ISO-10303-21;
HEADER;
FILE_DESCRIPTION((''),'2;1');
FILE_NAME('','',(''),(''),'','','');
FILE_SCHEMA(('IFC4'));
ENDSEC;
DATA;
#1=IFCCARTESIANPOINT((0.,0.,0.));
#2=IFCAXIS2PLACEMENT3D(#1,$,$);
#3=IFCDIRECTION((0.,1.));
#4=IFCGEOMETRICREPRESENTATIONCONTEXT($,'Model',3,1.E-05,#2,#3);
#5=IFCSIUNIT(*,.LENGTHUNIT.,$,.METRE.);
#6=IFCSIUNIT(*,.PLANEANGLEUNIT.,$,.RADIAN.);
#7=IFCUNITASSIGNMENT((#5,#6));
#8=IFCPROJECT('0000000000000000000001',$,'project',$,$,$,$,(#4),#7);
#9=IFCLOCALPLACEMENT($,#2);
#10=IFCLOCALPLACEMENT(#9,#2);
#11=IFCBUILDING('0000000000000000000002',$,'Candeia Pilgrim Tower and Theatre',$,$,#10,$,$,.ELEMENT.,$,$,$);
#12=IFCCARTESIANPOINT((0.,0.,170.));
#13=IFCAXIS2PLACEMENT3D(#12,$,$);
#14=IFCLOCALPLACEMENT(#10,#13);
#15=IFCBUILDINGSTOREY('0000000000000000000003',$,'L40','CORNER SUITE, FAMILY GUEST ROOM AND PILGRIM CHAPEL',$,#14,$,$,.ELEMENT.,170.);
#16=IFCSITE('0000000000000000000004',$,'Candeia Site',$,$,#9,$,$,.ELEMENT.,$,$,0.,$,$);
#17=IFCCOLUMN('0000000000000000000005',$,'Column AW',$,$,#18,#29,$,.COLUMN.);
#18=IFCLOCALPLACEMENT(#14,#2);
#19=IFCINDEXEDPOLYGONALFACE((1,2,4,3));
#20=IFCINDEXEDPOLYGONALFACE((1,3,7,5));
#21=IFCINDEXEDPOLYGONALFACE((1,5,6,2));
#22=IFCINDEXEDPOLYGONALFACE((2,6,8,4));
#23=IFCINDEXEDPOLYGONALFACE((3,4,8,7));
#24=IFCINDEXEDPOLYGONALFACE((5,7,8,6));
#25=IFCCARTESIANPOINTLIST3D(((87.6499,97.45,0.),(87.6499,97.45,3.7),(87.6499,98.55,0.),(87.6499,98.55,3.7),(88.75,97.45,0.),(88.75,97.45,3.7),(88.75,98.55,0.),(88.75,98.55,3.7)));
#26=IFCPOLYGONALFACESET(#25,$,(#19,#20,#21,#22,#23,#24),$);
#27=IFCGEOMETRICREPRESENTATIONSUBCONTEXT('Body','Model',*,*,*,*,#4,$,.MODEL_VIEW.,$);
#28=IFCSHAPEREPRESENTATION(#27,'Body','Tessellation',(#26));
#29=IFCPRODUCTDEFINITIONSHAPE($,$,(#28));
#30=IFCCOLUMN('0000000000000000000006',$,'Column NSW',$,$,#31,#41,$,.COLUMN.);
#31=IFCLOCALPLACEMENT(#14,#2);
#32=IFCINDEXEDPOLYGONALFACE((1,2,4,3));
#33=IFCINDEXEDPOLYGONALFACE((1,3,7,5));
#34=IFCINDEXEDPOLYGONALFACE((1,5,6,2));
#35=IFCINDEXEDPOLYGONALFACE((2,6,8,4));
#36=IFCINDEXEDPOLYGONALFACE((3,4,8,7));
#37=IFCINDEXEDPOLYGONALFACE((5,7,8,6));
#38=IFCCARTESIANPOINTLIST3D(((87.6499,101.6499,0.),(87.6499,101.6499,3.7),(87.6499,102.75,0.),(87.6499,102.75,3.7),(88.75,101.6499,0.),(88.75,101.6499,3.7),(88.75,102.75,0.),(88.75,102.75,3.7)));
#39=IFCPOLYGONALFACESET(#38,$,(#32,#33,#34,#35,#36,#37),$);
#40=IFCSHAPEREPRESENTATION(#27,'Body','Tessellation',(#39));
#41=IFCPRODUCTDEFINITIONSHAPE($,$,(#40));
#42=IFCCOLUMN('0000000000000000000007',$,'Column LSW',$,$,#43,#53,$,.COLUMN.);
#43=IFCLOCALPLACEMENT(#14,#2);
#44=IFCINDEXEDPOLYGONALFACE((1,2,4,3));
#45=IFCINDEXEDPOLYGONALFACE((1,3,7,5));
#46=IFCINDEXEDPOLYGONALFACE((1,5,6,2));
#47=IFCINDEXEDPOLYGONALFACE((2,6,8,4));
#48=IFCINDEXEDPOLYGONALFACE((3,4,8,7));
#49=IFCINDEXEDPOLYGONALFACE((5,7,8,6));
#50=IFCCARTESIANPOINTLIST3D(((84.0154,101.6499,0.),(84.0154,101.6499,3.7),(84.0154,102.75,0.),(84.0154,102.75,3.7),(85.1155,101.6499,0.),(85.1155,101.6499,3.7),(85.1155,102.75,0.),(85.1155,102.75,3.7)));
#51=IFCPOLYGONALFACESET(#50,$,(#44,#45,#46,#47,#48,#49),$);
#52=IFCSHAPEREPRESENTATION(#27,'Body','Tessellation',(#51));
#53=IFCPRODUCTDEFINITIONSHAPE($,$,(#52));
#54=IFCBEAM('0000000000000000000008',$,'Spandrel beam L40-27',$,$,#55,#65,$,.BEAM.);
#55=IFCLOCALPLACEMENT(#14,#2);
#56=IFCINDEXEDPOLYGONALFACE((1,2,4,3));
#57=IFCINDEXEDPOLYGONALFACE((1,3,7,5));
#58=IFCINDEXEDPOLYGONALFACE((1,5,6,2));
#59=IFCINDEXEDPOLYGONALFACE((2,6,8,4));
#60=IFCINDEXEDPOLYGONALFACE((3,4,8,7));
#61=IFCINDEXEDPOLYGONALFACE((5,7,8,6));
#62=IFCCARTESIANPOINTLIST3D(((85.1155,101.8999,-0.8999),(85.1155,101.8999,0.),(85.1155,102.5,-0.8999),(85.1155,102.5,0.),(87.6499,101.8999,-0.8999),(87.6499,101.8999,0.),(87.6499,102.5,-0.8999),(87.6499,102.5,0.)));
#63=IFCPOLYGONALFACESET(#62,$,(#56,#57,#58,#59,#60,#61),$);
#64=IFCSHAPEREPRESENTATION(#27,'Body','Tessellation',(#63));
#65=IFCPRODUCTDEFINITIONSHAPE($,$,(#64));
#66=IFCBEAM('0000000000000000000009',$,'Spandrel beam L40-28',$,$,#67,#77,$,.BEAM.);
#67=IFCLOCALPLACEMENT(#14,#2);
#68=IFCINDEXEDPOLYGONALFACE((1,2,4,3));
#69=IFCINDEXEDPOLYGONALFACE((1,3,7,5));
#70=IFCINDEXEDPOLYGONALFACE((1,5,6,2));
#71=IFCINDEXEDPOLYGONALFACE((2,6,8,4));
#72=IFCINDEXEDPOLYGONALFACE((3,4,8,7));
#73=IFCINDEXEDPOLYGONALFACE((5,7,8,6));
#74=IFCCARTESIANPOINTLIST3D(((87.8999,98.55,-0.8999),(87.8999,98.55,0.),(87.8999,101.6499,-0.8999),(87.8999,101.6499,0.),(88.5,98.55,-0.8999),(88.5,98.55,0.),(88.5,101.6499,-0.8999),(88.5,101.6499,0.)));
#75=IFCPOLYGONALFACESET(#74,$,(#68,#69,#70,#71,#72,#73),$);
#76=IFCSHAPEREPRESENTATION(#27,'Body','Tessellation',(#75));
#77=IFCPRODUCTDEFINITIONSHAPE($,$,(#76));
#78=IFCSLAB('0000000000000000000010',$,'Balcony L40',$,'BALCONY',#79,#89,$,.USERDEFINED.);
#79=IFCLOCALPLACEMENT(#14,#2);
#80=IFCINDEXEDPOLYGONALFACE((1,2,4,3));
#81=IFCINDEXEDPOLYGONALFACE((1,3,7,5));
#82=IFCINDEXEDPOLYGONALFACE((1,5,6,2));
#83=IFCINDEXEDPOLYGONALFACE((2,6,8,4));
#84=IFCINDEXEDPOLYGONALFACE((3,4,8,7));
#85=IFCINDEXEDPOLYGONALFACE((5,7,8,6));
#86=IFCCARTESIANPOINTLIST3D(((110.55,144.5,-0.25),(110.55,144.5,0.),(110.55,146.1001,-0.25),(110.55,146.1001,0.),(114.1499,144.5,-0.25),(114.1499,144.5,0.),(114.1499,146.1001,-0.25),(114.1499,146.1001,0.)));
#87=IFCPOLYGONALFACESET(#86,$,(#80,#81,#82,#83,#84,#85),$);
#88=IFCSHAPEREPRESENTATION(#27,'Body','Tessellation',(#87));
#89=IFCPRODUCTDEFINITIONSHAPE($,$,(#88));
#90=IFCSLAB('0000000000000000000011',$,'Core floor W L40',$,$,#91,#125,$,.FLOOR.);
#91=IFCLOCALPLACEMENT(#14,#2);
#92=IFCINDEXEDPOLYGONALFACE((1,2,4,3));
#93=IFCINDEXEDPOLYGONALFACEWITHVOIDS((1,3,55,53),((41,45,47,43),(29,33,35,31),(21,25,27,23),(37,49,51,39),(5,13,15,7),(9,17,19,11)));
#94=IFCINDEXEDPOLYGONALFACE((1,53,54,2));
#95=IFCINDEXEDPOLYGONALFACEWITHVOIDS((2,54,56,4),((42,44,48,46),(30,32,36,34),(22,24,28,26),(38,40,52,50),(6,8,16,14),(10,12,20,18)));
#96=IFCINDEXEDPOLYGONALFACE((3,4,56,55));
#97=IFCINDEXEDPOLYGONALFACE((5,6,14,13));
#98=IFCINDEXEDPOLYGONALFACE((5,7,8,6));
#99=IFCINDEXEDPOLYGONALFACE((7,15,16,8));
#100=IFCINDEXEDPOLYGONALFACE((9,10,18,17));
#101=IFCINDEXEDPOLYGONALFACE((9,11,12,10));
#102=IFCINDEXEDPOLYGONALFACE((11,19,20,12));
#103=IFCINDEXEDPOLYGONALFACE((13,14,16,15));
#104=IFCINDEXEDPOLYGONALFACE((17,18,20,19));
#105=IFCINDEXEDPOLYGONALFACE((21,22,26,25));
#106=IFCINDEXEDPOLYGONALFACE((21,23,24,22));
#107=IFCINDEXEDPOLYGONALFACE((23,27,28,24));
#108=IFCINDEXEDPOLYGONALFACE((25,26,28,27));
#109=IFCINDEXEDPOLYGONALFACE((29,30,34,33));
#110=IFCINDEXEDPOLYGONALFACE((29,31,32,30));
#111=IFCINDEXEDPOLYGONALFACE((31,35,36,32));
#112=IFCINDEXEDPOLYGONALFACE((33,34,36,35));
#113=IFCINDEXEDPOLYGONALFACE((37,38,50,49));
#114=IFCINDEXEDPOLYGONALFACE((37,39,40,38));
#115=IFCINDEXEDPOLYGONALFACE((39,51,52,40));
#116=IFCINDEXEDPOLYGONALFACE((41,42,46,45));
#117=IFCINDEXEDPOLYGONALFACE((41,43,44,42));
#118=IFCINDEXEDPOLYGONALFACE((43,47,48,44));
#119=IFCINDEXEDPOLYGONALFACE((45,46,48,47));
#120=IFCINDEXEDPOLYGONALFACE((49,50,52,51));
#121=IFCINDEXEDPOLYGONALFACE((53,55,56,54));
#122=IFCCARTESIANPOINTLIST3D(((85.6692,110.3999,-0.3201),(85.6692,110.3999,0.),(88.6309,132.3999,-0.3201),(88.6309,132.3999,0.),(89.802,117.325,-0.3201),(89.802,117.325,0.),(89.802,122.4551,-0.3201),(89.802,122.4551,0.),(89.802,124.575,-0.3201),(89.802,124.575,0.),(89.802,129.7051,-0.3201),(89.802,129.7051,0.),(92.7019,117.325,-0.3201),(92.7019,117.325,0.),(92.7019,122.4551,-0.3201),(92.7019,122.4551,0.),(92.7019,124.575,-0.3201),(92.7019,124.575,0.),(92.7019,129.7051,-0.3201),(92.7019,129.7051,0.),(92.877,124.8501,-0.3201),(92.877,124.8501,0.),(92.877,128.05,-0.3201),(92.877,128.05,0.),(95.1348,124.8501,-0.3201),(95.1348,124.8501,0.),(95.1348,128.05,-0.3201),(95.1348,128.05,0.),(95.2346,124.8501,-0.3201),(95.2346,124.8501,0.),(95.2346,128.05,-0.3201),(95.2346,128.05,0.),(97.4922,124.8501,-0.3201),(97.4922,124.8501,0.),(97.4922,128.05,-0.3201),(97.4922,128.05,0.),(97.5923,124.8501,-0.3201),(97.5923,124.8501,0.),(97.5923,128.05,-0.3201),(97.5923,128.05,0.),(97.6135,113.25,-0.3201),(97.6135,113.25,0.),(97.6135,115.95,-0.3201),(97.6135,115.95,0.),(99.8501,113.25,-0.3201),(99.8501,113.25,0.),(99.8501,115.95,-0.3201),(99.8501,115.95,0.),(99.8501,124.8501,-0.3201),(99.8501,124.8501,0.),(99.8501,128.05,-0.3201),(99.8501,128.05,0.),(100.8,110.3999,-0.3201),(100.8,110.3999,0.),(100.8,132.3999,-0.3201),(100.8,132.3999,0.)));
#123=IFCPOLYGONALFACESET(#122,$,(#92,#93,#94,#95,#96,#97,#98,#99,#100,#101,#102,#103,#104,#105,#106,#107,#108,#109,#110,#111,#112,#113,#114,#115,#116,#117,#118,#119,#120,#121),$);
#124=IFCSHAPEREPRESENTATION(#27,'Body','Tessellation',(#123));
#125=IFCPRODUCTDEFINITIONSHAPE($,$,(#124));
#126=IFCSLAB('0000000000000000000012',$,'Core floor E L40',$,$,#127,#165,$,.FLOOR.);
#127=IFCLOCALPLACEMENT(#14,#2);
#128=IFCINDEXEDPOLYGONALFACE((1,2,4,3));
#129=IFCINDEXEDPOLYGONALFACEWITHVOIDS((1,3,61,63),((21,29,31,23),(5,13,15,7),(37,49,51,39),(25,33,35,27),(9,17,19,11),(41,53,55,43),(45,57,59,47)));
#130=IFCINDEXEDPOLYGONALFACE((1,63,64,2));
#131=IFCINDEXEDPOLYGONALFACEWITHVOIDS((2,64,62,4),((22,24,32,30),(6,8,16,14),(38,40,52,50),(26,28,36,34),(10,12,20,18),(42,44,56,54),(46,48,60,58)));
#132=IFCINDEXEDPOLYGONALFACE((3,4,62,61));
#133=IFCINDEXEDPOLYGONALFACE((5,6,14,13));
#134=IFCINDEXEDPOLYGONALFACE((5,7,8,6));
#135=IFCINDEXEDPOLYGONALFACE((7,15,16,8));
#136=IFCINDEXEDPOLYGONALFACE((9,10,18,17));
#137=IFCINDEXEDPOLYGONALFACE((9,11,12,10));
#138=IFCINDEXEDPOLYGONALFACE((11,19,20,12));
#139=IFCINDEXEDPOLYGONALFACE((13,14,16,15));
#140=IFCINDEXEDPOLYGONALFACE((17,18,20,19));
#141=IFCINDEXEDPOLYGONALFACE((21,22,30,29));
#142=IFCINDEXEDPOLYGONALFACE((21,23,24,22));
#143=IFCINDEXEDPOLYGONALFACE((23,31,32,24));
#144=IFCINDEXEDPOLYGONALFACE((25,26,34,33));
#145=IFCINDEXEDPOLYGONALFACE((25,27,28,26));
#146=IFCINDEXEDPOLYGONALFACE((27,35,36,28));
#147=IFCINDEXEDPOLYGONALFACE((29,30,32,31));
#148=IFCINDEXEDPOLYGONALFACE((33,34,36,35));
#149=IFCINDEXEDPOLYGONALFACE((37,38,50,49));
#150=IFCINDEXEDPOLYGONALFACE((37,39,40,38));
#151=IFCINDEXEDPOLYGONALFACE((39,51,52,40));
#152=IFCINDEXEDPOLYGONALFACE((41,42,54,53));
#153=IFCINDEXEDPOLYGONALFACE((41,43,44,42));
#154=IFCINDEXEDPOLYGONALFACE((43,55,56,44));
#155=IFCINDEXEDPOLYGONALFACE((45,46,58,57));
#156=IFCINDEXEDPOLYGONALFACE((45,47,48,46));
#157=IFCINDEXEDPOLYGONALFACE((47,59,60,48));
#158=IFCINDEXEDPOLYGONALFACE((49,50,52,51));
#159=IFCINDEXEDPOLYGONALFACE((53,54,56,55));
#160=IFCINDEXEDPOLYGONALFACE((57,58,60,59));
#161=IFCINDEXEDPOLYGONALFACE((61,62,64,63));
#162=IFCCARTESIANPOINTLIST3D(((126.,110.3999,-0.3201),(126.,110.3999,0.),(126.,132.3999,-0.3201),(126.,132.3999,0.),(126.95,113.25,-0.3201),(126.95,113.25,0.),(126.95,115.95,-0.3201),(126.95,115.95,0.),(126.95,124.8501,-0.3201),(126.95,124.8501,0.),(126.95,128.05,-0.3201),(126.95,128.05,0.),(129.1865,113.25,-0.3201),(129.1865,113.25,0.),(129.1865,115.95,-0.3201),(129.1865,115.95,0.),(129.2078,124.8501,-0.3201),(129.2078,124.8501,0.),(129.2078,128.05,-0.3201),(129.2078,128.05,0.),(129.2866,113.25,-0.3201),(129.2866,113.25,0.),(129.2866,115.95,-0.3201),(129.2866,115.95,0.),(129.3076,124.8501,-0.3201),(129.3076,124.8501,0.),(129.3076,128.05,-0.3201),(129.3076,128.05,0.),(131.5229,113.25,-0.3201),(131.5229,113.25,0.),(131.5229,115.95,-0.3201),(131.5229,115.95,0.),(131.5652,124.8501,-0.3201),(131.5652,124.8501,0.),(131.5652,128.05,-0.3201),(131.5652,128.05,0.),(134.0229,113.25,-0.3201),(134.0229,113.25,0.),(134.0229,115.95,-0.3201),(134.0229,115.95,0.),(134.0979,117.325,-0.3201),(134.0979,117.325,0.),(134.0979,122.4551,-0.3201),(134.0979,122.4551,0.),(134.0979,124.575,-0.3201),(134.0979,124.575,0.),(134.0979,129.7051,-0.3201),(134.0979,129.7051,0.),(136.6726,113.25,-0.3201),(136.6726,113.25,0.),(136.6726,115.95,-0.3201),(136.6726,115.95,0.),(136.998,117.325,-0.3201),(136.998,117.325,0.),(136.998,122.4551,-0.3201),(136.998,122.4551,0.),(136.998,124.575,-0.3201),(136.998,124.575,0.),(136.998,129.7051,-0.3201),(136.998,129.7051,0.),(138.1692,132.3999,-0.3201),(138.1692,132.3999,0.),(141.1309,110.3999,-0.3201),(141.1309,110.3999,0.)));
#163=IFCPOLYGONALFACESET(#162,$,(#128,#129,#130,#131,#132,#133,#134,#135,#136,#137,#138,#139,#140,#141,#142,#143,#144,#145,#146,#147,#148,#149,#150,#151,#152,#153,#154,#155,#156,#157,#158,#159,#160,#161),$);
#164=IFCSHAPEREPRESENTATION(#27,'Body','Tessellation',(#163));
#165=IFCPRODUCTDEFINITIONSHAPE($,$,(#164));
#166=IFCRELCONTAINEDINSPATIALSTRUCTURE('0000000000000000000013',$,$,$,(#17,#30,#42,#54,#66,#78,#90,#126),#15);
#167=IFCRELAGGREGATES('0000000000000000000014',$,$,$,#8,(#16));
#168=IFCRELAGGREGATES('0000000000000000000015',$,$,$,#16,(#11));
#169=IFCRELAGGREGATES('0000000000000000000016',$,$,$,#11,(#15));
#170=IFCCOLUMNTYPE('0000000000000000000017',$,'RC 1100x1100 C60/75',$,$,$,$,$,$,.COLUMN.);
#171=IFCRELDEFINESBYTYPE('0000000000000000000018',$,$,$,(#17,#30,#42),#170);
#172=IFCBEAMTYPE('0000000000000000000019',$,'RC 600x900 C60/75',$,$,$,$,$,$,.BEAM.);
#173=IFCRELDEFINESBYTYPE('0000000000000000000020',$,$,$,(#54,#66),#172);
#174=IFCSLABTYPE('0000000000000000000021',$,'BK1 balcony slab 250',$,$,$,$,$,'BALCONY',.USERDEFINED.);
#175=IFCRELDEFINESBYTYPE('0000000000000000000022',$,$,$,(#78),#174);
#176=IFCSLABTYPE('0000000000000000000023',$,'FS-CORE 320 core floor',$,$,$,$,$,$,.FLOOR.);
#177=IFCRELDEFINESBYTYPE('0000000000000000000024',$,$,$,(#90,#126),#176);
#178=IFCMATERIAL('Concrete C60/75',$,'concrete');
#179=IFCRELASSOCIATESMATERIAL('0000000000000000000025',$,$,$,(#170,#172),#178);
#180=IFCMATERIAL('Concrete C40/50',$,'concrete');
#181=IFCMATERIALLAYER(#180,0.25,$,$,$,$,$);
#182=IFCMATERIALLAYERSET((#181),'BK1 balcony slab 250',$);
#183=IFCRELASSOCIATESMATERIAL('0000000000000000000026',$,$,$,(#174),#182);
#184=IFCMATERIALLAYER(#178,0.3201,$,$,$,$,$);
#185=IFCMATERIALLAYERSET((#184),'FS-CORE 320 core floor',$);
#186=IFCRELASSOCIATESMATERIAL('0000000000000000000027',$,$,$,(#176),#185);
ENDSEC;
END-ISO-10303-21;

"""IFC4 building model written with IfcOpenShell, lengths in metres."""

from ifc_helpers import new_model, si_unit, direction, frame, origin, origin_2d, place, context, subcontext, project, spatial, polyline, rectangle, outline, extrude, material, layer, layer_set, material_profile, profile_set, type_object, element, save


model = new_model("IFC4")

# Units and contexts
model_context = context("Model", 3, precision=1e-05, world=origin(), true_north=direction((0.0, 1.0)))
body_context = subcontext(model_context, "Body", "Model", "MODEL_VIEW")
ifc_project = project(units=[si_unit("LENGTHUNIT", "METRE"), si_unit("PLANEANGLEUNIT", "RADIAN")], contexts=[model_context])

# Site, building, storey
site_placement = place(None, origin())
site = spatial("IfcSite", under=ifc_project, at=site_placement, Name="Candeia Site", CompositionType="ELEMENT", RefElevation=0.0)
building_placement = place(site_placement, origin())
building = spatial("IfcBuilding", under=site, at=building_placement, Name="Candeia Pilgrim Tower and Theatre", CompositionType="ELEMENT")
storey_placement = place(building_placement, frame((0.0, 0.0, 170.0)))
storey = spatial("IfcBuildingStorey", under=building, at=storey_placement, Name="L40", Description="CORNER SUITE, FAMILY GUEST ROOM AND PILGRIM CHAPEL", CompositionType="ELEMENT", Elevation=170.0)

# Columns
ifc_material_1 = material(Name="Concrete C60/75", Category="concrete")
ifc_material_profile_1 = material_profile(ifc_material_1, rectangle(XDim=1.1001, YDim=1.1001, at=origin_2d()))
ifc_profile_set_1 = profile_set([ifc_material_profile_1], Name="Concrete C60/75")
column_type = type_object("IfcColumnType", Name="RC 1100x1100 C60/75", PredefinedType="COLUMN", material=ifc_profile_set_1)
for number, where, z_axis, x_axis, name in (
    (1, (88.2, 98.0, 0.0), (0.0, 0.0, 1.0), (1.0, 0.0, 0.0), "Column AW"),
    (2, (88.2, 102.2, 0.0), (0.0, 0.0, 1.0), (1.0, 0.0, 0.0), "Column NSW"),
    (3, (84.5654, 102.2, 0.0), (0.0, 0.0, 1.0), (1.0, 0.0, 0.0), "Column LSW"),
):
    element("IfcColumn", number, at=place(storey_placement, frame(where, z_axis=z_axis, x_axis=x_axis)), inside=storey, type_object=column_type, Name=name, PredefinedType="COLUMN", context=body_context, shape_type="SweptSolid", body=[
        extrude(rectangle(XDim=1.1001, YDim=1.1001, at=origin_2d()), origin(), (0.0, 0.0, 1.0), 3.7),
    ])

# Beams
ifc_material_profile_2 = material_profile(ifc_material_1, rectangle(XDim=0.6001, YDim=0.8999, at=origin_2d()))
ifc_profile_set_2 = profile_set([ifc_material_profile_2], Name="Concrete C60/75")
beam_type = type_object("IfcBeamType", Name="RC 600x900 C60/75", PredefinedType="BEAM", material=ifc_profile_set_2)
beam_1_placement = place(storey_placement, frame((85.1155, 102.2, -0.45), z_axis=(1.0, 0.0, 0.0), x_axis=(0.0, 1.0, 0.0)))
element("IfcBeam", 4, at=beam_1_placement, inside=storey, type_object=beam_type, Name="Spandrel beam L40-27", PredefinedType="BEAM", context=body_context, shape_type="SweptSolid", body=[
    extrude(rectangle(XDim=0.6001, YDim=0.8999, at=origin_2d()), origin(), (0.0, 0.0, 1.0), 2.5344),
])
beam_2_placement = place(storey_placement, frame((88.2, 101.6499, -0.45), z_axis=(0.0, -1.0, 0.0), x_axis=(1.0, 0.0, 0.0)))
element("IfcBeam", 5, at=beam_2_placement, inside=storey, type_object=beam_type, Name="Spandrel beam L40-28", PredefinedType="BEAM", context=body_context, shape_type="SweptSolid", body=[
    extrude(rectangle(XDim=0.6001, YDim=0.8999, at=origin_2d()), origin(), (0.0, 0.0, 1.0), 3.0999),
])

# Slabs
ifc_material_2 = material(Name="Concrete C40/50", Category="concrete")
ifc_layer_1 = layer(ifc_material_2, 0.25)
ifc_layer_set_1 = layer_set([ifc_layer_1], Name="BK1 balcony slab 250")
slab_type_1 = type_object("IfcSlabType", Name="BK1 balcony slab 250", ElementType="BALCONY", PredefinedType="USERDEFINED", material=ifc_layer_set_1)
slab_1_placement = place(storey_placement, frame((0.0, 0.0, -0.25)))
element("IfcSlab", 6, at=slab_1_placement, inside=storey, type_object=slab_type_1, Name="Balcony L40", ObjectType="BALCONY", PredefinedType="USERDEFINED", context=body_context, shape_type="SweptSolid", body=[
    extrude(outline(polyline([(110.55, 144.5), (114.1499, 144.5), (114.1499, 146.1001), (110.55, 146.1001), (110.55, 144.5)])), origin(), (0.0, 0.0, 1.0), 0.25),
])
ifc_layer_2 = layer(ifc_material_1, 0.3201)
ifc_layer_set_2 = layer_set([ifc_layer_2], Name="FS-CORE 320 core floor")
slab_type_2 = type_object("IfcSlabType", Name="FS-CORE 320 core floor", PredefinedType="FLOOR", material=ifc_layer_set_2)
slab_2_placement = place(storey_placement, frame((0.0, 0.0, -0.3201)))
element("IfcSlab", 7, at=slab_2_placement, inside=storey, type_object=slab_type_2, Name="Core floor W L40", PredefinedType="FLOOR", context=body_context, shape_type="SweptSolid", body=[
    extrude(outline(polyline([(100.8, 132.3999), (100.8, 110.3999), (85.6692, 110.3999), (88.6309, 132.3999), (100.8, 132.3999)]), holes=[polyline([(97.5923, 128.05), (97.5923, 124.8501), (99.8501, 124.8501), (99.8501, 128.05), (97.5923, 128.05)]), polyline([(97.6135, 113.25), (99.8501, 113.25), (99.8501, 115.95), (97.6135, 115.95), (97.6135, 113.25)]), polyline([(95.2346, 124.8501), (97.4922, 124.8501), (97.4922, 128.05), (95.2346, 128.05), (95.2346, 124.8501)]), polyline([(92.877, 128.05), (92.877, 124.8501), (95.1348, 124.8501), (95.1348, 128.05), (92.877, 128.05)]), polyline([(89.802, 122.4551), (89.802, 117.325), (92.7019, 117.325), (92.7019, 122.4551), (89.802, 122.4551)]), polyline([(89.802, 129.7051), (89.802, 124.575), (92.7019, 124.575), (92.7019, 129.7051), (89.802, 129.7051)])]), origin(), (0.0, 0.0, 1.0), 0.3201),
])
slab_3_placement = place(storey_placement, frame((0.0, 0.0, -0.3201)))
element("IfcSlab", 8, at=slab_3_placement, inside=storey, type_object=slab_type_2, Name="Core floor E L40", PredefinedType="FLOOR", context=body_context, shape_type="SweptSolid", body=[
    extrude(outline(polyline([(138.1692, 132.3999), (141.1309, 110.3999), (126.0, 110.3999), (126.0, 132.3999), (138.1692, 132.3999)]), holes=[polyline([(134.0979, 122.4551), (134.0979, 117.325), (136.998, 117.325), (136.998, 122.4551), (134.0979, 122.4551)]), polyline([(134.0979, 129.7051), (134.0979, 124.575), (136.998, 124.575), (136.998, 129.7051), (134.0979, 129.7051)]), polyline([(136.6726, 115.95), (134.0229, 115.95), (134.0229, 113.25), (136.6726, 113.25), (136.6726, 115.95)]), polyline([(131.5652, 128.05), (129.3076, 128.05), (129.3076, 124.8501), (131.5652, 124.8501), (131.5652, 128.05)]), polyline([(131.5229, 115.95), (129.2866, 115.95), (129.2866, 113.25), (131.5229, 113.25), (131.5229, 115.95)]), polyline([(129.2078, 128.05), (126.95, 128.05), (126.95, 124.8501), (129.2078, 124.8501), (129.2078, 128.05)]), polyline([(126.95, 115.95), (126.95, 113.25), (129.1865, 113.25), (129.1865, 115.95), (126.95, 115.95)])]), origin(), (0.0, 0.0, 1.0), 0.3201),
])

save(model, "model.ifc")
